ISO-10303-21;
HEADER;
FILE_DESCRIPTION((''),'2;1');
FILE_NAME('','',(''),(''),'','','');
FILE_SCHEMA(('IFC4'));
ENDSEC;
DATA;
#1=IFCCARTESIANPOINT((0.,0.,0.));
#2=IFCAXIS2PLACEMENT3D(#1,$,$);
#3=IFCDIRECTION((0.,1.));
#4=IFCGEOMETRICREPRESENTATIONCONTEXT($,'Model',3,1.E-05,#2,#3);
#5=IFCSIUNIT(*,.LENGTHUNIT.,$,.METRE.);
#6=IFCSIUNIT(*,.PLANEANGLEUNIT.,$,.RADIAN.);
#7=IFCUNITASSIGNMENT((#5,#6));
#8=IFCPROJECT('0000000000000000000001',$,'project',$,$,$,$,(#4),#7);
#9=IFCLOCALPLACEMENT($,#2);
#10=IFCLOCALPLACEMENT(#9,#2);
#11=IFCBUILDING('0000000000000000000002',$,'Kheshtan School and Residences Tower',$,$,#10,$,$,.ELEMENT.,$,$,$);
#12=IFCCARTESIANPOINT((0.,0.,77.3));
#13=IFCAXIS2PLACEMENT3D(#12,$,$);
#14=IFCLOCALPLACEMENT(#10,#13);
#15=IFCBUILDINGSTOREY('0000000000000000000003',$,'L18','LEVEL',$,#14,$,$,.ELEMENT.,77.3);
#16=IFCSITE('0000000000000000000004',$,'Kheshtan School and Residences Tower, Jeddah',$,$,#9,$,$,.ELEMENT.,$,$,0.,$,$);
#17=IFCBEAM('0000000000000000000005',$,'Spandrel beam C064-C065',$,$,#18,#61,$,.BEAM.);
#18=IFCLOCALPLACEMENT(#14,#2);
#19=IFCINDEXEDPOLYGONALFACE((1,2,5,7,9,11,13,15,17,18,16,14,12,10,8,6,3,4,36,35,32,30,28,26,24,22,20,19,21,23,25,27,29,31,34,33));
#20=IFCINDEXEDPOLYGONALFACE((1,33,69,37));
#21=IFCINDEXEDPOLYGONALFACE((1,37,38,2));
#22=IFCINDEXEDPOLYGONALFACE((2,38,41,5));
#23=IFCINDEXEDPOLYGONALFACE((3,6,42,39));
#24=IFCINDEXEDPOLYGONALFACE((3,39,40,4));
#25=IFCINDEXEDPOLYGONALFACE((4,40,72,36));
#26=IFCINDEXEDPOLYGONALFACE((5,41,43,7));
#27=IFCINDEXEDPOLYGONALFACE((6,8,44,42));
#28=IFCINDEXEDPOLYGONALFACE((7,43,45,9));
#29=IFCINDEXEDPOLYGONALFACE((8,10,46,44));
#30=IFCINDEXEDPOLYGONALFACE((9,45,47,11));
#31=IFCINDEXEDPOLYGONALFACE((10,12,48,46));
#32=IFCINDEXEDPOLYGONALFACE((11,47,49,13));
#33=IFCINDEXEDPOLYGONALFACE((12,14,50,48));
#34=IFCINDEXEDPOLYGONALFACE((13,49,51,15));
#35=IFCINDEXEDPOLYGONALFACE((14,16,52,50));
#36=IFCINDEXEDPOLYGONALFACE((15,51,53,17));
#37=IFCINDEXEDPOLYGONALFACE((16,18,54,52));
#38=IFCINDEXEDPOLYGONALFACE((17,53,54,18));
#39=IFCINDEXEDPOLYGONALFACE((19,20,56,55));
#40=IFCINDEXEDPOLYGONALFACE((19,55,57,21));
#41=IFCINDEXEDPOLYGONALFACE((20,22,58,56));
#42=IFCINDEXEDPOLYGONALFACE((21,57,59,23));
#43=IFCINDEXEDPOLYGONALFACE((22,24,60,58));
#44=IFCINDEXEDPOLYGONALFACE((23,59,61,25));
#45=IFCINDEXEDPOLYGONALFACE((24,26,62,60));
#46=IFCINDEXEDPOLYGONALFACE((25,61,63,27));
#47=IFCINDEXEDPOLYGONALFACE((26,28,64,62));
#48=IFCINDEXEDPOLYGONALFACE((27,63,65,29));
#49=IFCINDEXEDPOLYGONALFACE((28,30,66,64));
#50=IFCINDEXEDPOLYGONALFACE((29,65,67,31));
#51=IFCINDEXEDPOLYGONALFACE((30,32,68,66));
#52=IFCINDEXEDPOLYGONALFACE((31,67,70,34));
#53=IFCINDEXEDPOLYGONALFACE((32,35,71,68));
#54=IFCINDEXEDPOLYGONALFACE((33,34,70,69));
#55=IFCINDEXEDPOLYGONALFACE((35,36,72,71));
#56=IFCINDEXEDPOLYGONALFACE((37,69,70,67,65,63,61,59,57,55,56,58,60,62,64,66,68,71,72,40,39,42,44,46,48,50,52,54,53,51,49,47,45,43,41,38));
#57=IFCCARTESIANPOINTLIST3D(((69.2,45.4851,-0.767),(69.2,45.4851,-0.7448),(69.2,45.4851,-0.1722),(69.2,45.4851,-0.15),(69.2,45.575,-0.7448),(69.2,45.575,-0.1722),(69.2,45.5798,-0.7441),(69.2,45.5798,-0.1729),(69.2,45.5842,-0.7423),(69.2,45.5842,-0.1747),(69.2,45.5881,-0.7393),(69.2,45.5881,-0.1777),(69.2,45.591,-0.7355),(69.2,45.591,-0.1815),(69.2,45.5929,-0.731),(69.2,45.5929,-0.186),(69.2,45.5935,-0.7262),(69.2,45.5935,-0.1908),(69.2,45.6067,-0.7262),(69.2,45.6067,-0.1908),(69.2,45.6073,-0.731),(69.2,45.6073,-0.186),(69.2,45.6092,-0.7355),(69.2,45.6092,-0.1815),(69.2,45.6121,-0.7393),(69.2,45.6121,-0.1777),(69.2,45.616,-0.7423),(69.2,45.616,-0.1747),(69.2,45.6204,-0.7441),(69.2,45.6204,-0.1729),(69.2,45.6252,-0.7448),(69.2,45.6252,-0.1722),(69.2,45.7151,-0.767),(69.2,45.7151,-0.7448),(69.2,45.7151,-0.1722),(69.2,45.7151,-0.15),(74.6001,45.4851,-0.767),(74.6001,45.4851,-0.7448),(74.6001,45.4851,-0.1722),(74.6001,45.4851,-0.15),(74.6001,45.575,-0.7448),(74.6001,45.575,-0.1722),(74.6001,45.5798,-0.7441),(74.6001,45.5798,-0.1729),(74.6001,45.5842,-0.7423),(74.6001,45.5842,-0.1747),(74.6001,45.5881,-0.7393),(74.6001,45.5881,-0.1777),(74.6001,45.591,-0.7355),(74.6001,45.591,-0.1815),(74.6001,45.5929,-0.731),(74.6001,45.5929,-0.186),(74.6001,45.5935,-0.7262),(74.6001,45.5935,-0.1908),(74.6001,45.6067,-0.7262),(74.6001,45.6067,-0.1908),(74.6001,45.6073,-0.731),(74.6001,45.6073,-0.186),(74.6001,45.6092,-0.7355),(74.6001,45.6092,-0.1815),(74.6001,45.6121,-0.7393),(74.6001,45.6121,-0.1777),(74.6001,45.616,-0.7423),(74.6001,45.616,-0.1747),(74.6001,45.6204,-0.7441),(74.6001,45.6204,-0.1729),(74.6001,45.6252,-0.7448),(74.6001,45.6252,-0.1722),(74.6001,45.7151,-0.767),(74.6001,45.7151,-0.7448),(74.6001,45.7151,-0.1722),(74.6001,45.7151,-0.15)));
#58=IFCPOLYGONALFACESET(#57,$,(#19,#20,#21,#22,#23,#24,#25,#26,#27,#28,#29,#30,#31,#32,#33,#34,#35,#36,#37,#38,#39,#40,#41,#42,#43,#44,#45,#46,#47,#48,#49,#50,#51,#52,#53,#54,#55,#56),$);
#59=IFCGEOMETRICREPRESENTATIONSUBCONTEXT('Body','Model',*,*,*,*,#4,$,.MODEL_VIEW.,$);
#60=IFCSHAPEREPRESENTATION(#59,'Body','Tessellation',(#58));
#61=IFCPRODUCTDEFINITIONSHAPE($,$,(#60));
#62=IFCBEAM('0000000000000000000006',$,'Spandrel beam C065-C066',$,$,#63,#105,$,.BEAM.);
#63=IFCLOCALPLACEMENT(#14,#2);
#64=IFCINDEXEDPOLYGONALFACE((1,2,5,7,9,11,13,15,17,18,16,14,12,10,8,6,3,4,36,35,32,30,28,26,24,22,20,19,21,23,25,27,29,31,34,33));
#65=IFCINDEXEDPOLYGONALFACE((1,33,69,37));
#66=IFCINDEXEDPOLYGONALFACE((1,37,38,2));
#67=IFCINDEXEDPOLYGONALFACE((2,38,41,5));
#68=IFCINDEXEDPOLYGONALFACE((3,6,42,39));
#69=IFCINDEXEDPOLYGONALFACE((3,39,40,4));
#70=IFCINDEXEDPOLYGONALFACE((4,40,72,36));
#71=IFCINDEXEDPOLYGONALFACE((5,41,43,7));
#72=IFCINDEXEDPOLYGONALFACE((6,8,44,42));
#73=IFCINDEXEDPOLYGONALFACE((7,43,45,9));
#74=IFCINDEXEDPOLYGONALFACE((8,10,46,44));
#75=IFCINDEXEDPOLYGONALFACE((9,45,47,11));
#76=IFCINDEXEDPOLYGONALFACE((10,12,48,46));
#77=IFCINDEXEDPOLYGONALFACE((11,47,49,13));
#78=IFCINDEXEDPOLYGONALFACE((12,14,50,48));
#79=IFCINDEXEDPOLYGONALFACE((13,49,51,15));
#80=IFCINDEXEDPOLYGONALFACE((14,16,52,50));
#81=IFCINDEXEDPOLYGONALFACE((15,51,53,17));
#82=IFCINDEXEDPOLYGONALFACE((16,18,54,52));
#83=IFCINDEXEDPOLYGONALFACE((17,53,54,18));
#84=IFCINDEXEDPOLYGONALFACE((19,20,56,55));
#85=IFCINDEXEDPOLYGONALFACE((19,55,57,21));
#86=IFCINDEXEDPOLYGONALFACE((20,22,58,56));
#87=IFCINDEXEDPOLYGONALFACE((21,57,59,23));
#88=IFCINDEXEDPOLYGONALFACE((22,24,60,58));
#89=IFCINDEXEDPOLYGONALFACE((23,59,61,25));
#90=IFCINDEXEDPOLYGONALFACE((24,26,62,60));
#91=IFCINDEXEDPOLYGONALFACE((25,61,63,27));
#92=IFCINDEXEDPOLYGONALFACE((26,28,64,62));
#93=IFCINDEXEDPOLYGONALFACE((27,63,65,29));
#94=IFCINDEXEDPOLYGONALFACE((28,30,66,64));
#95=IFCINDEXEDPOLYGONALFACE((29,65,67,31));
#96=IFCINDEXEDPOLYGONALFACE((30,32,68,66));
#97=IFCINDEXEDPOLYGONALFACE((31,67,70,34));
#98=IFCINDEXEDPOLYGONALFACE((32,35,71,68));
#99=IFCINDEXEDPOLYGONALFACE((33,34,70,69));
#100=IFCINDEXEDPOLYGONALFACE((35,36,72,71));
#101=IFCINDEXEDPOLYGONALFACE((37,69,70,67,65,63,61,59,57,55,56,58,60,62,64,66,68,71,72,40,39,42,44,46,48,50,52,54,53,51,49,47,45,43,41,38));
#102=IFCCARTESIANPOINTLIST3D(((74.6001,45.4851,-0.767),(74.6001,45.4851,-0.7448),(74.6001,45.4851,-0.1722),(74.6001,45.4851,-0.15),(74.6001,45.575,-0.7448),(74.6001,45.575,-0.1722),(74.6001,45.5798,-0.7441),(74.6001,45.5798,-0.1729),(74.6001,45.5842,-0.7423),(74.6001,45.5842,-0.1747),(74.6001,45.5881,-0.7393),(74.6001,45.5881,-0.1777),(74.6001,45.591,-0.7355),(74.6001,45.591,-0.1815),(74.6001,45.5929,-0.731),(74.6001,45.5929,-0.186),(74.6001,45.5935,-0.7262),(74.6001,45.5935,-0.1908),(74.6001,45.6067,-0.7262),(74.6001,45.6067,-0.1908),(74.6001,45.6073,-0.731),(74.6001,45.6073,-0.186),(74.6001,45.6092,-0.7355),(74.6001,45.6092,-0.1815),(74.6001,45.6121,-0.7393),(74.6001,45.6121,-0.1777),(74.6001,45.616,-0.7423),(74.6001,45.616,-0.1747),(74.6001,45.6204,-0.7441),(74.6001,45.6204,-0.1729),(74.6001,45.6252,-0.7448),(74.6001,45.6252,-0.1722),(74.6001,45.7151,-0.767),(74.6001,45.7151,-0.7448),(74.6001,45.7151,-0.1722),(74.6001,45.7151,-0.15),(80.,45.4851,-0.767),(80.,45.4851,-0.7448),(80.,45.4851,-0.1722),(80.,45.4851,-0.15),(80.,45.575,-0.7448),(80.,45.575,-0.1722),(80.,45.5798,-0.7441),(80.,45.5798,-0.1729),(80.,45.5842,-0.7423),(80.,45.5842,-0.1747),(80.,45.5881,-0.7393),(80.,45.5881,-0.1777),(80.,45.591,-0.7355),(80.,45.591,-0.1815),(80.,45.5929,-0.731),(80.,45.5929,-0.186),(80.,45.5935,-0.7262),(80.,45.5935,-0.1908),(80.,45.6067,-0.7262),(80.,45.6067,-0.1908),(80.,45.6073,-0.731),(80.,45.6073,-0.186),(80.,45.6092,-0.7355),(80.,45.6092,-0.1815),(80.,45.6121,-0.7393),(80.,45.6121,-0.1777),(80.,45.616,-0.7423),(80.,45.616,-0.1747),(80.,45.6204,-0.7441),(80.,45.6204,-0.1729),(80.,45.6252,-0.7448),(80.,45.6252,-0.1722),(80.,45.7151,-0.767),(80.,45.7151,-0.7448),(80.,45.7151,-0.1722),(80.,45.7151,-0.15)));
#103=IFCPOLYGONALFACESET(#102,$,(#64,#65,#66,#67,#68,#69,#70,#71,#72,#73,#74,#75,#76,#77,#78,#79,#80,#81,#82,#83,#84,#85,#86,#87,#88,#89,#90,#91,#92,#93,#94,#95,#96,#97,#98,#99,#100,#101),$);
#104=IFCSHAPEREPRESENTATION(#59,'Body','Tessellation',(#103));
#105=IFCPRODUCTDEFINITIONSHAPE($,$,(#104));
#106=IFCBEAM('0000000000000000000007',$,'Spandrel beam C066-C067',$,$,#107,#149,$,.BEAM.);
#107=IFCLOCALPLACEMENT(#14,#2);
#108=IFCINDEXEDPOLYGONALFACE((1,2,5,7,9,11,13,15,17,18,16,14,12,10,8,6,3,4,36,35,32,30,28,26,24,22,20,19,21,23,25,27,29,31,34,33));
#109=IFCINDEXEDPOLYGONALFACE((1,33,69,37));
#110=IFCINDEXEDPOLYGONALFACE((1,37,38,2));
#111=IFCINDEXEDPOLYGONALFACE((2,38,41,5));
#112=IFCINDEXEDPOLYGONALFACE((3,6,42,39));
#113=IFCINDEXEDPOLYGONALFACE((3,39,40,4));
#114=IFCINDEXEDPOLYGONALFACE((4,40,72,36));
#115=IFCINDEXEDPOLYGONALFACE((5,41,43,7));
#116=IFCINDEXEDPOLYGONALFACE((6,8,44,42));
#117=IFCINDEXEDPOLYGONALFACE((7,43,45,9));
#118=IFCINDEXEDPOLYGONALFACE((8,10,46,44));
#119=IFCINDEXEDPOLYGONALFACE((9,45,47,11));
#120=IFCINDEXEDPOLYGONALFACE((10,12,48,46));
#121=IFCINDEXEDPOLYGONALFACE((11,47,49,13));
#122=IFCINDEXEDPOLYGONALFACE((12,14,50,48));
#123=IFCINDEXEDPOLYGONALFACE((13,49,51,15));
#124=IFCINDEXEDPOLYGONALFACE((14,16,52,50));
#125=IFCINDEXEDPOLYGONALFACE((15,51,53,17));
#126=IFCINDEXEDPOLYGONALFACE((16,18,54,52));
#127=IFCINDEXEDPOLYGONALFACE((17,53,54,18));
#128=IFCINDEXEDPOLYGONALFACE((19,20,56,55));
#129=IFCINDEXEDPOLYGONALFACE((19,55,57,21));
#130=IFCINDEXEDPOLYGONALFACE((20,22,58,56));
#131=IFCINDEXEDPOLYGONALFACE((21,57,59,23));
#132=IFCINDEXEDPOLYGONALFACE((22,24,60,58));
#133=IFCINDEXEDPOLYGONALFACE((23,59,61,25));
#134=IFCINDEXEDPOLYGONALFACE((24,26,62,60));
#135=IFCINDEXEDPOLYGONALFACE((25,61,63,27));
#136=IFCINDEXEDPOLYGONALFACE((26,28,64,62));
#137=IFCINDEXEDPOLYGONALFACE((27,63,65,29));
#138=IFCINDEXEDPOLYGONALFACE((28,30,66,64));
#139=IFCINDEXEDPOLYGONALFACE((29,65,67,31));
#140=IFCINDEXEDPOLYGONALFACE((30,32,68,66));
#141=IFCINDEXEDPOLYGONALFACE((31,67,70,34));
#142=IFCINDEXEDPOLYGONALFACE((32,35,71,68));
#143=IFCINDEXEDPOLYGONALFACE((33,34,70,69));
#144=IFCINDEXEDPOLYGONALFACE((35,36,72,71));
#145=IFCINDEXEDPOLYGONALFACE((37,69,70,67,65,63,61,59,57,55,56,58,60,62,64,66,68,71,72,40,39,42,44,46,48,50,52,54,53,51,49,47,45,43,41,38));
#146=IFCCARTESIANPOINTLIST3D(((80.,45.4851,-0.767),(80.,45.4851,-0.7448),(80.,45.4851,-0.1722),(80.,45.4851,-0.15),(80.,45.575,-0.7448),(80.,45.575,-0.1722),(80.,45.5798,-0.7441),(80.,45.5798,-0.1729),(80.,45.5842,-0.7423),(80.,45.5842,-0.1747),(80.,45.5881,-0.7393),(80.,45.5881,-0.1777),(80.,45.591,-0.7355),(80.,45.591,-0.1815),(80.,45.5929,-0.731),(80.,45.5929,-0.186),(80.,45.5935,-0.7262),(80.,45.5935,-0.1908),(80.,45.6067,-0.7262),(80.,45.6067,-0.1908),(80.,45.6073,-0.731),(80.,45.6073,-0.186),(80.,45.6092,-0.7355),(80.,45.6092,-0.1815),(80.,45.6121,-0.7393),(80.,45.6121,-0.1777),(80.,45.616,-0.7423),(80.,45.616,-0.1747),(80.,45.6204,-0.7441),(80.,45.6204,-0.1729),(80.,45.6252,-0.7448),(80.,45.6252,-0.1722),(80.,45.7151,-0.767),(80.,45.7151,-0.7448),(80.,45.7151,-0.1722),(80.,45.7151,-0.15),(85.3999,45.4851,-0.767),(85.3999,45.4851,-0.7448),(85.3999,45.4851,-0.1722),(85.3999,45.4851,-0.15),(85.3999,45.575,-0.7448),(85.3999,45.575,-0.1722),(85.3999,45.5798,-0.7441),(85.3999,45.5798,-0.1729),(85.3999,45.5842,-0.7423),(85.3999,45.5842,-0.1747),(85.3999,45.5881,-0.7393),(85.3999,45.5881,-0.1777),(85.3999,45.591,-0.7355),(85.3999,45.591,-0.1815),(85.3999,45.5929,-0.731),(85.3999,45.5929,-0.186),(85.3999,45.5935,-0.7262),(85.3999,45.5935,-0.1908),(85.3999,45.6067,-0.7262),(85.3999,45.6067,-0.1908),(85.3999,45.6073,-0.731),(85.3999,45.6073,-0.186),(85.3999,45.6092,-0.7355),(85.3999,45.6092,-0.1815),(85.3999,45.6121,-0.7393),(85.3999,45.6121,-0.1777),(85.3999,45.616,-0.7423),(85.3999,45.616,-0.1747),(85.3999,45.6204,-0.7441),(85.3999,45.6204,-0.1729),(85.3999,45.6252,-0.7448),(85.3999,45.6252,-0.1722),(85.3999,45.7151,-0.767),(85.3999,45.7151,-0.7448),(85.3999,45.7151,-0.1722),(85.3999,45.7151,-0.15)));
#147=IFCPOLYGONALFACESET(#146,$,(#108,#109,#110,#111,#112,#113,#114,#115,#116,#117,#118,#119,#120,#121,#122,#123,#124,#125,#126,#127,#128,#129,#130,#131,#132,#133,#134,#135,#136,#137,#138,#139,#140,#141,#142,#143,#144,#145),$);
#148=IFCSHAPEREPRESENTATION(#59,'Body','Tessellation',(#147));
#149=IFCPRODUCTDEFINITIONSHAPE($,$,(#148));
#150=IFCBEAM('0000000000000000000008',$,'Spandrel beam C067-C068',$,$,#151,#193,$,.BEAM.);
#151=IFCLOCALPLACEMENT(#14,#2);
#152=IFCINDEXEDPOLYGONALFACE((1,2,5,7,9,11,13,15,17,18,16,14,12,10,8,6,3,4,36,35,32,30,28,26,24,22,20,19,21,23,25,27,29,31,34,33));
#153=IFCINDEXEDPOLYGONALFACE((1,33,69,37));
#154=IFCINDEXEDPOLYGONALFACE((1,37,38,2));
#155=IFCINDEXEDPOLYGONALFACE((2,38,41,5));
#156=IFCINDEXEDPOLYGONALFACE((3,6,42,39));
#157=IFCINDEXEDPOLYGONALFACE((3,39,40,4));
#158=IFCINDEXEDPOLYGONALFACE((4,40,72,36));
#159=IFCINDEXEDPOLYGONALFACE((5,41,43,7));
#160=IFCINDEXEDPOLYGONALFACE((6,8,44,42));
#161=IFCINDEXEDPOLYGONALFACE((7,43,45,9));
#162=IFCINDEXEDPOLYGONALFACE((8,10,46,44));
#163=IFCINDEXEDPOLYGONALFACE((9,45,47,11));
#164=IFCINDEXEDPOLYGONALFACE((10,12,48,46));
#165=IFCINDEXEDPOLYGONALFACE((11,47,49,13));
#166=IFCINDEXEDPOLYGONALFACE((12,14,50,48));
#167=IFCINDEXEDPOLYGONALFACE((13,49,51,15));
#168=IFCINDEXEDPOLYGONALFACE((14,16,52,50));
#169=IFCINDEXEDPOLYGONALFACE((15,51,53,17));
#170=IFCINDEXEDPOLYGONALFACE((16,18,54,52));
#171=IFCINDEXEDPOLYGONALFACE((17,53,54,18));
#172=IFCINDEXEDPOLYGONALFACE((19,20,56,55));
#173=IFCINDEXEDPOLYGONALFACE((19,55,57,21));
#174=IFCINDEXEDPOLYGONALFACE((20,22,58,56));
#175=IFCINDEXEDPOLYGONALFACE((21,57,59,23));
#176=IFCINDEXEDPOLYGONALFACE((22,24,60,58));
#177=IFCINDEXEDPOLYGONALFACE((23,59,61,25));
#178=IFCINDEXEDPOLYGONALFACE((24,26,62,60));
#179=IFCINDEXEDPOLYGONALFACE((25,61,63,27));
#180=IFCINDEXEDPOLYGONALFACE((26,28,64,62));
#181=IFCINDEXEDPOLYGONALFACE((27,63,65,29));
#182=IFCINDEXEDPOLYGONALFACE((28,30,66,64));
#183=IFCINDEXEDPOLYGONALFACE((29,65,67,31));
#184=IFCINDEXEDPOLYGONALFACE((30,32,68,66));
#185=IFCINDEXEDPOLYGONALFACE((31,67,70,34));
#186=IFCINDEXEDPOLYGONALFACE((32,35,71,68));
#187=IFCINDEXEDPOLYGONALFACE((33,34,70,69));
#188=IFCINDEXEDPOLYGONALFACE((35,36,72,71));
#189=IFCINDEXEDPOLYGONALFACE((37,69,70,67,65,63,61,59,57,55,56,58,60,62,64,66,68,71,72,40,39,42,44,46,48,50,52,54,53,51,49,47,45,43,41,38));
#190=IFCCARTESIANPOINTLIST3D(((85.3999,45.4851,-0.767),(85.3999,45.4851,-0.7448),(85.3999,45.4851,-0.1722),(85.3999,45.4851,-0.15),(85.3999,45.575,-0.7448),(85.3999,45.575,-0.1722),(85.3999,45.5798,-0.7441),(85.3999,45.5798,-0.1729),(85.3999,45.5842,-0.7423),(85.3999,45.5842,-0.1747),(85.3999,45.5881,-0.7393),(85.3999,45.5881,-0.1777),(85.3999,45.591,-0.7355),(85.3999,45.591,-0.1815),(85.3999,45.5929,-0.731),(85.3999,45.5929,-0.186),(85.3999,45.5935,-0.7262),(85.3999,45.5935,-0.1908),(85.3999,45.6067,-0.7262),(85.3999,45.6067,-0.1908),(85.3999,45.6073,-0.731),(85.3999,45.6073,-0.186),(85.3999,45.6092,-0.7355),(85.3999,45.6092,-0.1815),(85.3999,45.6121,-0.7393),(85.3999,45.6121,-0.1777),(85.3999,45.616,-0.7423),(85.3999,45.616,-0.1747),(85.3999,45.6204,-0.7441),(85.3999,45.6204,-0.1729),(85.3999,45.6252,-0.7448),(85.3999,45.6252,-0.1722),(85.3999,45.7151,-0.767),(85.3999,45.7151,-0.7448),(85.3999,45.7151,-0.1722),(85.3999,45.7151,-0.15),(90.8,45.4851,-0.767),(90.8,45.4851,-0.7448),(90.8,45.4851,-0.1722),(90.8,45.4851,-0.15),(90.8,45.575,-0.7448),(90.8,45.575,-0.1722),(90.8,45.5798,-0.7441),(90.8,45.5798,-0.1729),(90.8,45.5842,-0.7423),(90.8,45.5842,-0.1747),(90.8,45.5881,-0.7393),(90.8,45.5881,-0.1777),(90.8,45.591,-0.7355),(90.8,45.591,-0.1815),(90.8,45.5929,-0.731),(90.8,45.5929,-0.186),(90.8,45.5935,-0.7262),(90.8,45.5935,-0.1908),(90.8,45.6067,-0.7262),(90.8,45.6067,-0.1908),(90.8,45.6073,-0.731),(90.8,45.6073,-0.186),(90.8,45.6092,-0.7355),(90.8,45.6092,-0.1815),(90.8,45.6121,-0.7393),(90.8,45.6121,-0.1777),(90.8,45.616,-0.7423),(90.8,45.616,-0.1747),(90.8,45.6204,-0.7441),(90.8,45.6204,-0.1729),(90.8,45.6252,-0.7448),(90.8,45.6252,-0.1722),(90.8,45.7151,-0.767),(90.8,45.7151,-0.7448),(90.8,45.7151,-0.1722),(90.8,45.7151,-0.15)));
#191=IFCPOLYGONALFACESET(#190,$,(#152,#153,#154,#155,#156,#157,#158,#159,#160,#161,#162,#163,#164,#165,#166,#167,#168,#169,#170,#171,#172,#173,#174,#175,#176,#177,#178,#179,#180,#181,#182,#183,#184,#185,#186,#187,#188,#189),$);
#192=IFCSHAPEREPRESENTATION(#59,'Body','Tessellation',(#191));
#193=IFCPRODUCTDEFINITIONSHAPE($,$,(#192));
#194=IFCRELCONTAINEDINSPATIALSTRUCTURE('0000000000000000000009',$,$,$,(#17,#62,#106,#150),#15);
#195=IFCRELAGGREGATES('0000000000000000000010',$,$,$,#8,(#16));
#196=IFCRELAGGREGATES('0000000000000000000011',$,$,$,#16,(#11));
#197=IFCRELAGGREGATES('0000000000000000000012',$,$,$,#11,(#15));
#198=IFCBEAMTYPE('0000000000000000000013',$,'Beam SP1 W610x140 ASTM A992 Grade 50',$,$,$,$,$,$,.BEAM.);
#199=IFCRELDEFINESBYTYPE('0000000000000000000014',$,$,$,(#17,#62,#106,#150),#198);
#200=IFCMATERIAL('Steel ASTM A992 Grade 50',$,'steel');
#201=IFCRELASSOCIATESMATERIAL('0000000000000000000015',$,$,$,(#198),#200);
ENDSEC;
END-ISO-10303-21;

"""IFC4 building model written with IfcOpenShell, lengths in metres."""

from ifc_helpers import new_model, si_unit, direction, frame, origin, origin_2d, place, context, subcontext, project, spatial, i_section, extrude, material, material_profile, profile_set, type_object, element, save


model = new_model("IFC4")

# Units and contexts
model_context = context("Model", 3, precision=1e-05, world=origin(), true_north=direction((0.0, 1.0)))
body_context = subcontext(model_context, "Body", "Model", "MODEL_VIEW")
ifc_project = project(units=[si_unit("LENGTHUNIT", "METRE"), si_unit("PLANEANGLEUNIT", "RADIAN")], contexts=[model_context])

# Site, building, storey
site_placement = place(None, origin())
site = spatial("IfcSite", under=ifc_project, at=site_placement, Name="Kheshtan School and Residences Tower, Jeddah", CompositionType="ELEMENT", RefElevation=0.0)
building_placement = place(site_placement, origin())
building = spatial("IfcBuilding", under=site, at=building_placement, Name="Kheshtan School and Residences Tower", CompositionType="ELEMENT")
storey_placement = place(building_placement, frame((0.0, 0.0, 77.3)))
storey = spatial("IfcBuildingStorey", under=building, at=storey_placement, Name="L18", Description="LEVEL", CompositionType="ELEMENT", Elevation=77.3)

# Shared definitions
ifc_material_1 = material(Name="Steel ASTM A992 Grade 50", Category="steel")

# Beams
ifc_material_profile_1 = material_profile(ifc_material_1, i_section(OverallWidth=0.23, OverallDepth=0.6169, WebThickness=0.0132, FlangeThickness=0.0222, FilletRadius=0.0186, at=origin_2d()), Name="W610x140")
ifc_profile_set_1 = profile_set([ifc_material_profile_1], Name="Steel ASTM A992 Grade 50")
beam_type_1 = type_object("IfcBeamType", Name="Beam SP1 W610x140 ASTM A992 Grade 50", PredefinedType="BEAM", material=ifc_profile_set_1)
beam_1_placement = place(storey_placement, frame((69.2, 45.6001, -0.4585), z_axis=(1.0, 0.0, 0.0), x_axis=(0.0, 1.0, 0.0)))
element("IfcBeam", 1, at=beam_1_placement, inside=storey, type_object=beam_type_1, Name="Spandrel beam C064-C065", PredefinedType="BEAM", context=body_context, shape_type="SweptSolid", body=[
    extrude(i_section(OverallWidth=0.23, OverallDepth=0.6169, WebThickness=0.0132, FlangeThickness=0.0222, FilletRadius=0.0186, at=origin_2d()), origin(), (0.0, 0.0, 1.0), 5.4001),
])
for number, where, z_axis, x_axis, name in (
    (2, (74.6001, 45.6001, -0.4585), (1.0, 0.0, 0.0), (0.0, 1.0, 0.0), "Spandrel beam C065-C066"),
    (3, (80.0, 45.6001, -0.4585), (1.0, 0.0, 0.0), (0.0, 1.0, 0.0), "Spandrel beam C066-C067"),
):
    element("IfcBeam", number, at=place(storey_placement, frame(where, z_axis=z_axis, x_axis=x_axis)), inside=storey, type_object=beam_type_1, Name=name, PredefinedType="BEAM", context=body_context, shape_type="SweptSolid", body=[
        extrude(i_section(OverallWidth=0.23, OverallDepth=0.6169, WebThickness=0.0132, FlangeThickness=0.0222, FilletRadius=0.0186, at=origin_2d()), origin(), (0.0, 0.0, 1.0), 5.3999),
    ])
beam_2_placement = place(storey_placement, frame((85.3999, 45.6001, -0.4585), z_axis=(1.0, 0.0, 0.0), x_axis=(0.0, 1.0, 0.0)))
element("IfcBeam", 4, at=beam_2_placement, inside=storey, type_object=beam_type_1, Name="Spandrel beam C067-C068", PredefinedType="BEAM", context=body_context, shape_type="SweptSolid", body=[
    extrude(i_section(OverallWidth=0.23, OverallDepth=0.6169, WebThickness=0.0132, FlangeThickness=0.0222, FilletRadius=0.0186, at=origin_2d()), origin(), (0.0, 0.0, 1.0), 5.4001),
])

save(model, "model.ifc")
